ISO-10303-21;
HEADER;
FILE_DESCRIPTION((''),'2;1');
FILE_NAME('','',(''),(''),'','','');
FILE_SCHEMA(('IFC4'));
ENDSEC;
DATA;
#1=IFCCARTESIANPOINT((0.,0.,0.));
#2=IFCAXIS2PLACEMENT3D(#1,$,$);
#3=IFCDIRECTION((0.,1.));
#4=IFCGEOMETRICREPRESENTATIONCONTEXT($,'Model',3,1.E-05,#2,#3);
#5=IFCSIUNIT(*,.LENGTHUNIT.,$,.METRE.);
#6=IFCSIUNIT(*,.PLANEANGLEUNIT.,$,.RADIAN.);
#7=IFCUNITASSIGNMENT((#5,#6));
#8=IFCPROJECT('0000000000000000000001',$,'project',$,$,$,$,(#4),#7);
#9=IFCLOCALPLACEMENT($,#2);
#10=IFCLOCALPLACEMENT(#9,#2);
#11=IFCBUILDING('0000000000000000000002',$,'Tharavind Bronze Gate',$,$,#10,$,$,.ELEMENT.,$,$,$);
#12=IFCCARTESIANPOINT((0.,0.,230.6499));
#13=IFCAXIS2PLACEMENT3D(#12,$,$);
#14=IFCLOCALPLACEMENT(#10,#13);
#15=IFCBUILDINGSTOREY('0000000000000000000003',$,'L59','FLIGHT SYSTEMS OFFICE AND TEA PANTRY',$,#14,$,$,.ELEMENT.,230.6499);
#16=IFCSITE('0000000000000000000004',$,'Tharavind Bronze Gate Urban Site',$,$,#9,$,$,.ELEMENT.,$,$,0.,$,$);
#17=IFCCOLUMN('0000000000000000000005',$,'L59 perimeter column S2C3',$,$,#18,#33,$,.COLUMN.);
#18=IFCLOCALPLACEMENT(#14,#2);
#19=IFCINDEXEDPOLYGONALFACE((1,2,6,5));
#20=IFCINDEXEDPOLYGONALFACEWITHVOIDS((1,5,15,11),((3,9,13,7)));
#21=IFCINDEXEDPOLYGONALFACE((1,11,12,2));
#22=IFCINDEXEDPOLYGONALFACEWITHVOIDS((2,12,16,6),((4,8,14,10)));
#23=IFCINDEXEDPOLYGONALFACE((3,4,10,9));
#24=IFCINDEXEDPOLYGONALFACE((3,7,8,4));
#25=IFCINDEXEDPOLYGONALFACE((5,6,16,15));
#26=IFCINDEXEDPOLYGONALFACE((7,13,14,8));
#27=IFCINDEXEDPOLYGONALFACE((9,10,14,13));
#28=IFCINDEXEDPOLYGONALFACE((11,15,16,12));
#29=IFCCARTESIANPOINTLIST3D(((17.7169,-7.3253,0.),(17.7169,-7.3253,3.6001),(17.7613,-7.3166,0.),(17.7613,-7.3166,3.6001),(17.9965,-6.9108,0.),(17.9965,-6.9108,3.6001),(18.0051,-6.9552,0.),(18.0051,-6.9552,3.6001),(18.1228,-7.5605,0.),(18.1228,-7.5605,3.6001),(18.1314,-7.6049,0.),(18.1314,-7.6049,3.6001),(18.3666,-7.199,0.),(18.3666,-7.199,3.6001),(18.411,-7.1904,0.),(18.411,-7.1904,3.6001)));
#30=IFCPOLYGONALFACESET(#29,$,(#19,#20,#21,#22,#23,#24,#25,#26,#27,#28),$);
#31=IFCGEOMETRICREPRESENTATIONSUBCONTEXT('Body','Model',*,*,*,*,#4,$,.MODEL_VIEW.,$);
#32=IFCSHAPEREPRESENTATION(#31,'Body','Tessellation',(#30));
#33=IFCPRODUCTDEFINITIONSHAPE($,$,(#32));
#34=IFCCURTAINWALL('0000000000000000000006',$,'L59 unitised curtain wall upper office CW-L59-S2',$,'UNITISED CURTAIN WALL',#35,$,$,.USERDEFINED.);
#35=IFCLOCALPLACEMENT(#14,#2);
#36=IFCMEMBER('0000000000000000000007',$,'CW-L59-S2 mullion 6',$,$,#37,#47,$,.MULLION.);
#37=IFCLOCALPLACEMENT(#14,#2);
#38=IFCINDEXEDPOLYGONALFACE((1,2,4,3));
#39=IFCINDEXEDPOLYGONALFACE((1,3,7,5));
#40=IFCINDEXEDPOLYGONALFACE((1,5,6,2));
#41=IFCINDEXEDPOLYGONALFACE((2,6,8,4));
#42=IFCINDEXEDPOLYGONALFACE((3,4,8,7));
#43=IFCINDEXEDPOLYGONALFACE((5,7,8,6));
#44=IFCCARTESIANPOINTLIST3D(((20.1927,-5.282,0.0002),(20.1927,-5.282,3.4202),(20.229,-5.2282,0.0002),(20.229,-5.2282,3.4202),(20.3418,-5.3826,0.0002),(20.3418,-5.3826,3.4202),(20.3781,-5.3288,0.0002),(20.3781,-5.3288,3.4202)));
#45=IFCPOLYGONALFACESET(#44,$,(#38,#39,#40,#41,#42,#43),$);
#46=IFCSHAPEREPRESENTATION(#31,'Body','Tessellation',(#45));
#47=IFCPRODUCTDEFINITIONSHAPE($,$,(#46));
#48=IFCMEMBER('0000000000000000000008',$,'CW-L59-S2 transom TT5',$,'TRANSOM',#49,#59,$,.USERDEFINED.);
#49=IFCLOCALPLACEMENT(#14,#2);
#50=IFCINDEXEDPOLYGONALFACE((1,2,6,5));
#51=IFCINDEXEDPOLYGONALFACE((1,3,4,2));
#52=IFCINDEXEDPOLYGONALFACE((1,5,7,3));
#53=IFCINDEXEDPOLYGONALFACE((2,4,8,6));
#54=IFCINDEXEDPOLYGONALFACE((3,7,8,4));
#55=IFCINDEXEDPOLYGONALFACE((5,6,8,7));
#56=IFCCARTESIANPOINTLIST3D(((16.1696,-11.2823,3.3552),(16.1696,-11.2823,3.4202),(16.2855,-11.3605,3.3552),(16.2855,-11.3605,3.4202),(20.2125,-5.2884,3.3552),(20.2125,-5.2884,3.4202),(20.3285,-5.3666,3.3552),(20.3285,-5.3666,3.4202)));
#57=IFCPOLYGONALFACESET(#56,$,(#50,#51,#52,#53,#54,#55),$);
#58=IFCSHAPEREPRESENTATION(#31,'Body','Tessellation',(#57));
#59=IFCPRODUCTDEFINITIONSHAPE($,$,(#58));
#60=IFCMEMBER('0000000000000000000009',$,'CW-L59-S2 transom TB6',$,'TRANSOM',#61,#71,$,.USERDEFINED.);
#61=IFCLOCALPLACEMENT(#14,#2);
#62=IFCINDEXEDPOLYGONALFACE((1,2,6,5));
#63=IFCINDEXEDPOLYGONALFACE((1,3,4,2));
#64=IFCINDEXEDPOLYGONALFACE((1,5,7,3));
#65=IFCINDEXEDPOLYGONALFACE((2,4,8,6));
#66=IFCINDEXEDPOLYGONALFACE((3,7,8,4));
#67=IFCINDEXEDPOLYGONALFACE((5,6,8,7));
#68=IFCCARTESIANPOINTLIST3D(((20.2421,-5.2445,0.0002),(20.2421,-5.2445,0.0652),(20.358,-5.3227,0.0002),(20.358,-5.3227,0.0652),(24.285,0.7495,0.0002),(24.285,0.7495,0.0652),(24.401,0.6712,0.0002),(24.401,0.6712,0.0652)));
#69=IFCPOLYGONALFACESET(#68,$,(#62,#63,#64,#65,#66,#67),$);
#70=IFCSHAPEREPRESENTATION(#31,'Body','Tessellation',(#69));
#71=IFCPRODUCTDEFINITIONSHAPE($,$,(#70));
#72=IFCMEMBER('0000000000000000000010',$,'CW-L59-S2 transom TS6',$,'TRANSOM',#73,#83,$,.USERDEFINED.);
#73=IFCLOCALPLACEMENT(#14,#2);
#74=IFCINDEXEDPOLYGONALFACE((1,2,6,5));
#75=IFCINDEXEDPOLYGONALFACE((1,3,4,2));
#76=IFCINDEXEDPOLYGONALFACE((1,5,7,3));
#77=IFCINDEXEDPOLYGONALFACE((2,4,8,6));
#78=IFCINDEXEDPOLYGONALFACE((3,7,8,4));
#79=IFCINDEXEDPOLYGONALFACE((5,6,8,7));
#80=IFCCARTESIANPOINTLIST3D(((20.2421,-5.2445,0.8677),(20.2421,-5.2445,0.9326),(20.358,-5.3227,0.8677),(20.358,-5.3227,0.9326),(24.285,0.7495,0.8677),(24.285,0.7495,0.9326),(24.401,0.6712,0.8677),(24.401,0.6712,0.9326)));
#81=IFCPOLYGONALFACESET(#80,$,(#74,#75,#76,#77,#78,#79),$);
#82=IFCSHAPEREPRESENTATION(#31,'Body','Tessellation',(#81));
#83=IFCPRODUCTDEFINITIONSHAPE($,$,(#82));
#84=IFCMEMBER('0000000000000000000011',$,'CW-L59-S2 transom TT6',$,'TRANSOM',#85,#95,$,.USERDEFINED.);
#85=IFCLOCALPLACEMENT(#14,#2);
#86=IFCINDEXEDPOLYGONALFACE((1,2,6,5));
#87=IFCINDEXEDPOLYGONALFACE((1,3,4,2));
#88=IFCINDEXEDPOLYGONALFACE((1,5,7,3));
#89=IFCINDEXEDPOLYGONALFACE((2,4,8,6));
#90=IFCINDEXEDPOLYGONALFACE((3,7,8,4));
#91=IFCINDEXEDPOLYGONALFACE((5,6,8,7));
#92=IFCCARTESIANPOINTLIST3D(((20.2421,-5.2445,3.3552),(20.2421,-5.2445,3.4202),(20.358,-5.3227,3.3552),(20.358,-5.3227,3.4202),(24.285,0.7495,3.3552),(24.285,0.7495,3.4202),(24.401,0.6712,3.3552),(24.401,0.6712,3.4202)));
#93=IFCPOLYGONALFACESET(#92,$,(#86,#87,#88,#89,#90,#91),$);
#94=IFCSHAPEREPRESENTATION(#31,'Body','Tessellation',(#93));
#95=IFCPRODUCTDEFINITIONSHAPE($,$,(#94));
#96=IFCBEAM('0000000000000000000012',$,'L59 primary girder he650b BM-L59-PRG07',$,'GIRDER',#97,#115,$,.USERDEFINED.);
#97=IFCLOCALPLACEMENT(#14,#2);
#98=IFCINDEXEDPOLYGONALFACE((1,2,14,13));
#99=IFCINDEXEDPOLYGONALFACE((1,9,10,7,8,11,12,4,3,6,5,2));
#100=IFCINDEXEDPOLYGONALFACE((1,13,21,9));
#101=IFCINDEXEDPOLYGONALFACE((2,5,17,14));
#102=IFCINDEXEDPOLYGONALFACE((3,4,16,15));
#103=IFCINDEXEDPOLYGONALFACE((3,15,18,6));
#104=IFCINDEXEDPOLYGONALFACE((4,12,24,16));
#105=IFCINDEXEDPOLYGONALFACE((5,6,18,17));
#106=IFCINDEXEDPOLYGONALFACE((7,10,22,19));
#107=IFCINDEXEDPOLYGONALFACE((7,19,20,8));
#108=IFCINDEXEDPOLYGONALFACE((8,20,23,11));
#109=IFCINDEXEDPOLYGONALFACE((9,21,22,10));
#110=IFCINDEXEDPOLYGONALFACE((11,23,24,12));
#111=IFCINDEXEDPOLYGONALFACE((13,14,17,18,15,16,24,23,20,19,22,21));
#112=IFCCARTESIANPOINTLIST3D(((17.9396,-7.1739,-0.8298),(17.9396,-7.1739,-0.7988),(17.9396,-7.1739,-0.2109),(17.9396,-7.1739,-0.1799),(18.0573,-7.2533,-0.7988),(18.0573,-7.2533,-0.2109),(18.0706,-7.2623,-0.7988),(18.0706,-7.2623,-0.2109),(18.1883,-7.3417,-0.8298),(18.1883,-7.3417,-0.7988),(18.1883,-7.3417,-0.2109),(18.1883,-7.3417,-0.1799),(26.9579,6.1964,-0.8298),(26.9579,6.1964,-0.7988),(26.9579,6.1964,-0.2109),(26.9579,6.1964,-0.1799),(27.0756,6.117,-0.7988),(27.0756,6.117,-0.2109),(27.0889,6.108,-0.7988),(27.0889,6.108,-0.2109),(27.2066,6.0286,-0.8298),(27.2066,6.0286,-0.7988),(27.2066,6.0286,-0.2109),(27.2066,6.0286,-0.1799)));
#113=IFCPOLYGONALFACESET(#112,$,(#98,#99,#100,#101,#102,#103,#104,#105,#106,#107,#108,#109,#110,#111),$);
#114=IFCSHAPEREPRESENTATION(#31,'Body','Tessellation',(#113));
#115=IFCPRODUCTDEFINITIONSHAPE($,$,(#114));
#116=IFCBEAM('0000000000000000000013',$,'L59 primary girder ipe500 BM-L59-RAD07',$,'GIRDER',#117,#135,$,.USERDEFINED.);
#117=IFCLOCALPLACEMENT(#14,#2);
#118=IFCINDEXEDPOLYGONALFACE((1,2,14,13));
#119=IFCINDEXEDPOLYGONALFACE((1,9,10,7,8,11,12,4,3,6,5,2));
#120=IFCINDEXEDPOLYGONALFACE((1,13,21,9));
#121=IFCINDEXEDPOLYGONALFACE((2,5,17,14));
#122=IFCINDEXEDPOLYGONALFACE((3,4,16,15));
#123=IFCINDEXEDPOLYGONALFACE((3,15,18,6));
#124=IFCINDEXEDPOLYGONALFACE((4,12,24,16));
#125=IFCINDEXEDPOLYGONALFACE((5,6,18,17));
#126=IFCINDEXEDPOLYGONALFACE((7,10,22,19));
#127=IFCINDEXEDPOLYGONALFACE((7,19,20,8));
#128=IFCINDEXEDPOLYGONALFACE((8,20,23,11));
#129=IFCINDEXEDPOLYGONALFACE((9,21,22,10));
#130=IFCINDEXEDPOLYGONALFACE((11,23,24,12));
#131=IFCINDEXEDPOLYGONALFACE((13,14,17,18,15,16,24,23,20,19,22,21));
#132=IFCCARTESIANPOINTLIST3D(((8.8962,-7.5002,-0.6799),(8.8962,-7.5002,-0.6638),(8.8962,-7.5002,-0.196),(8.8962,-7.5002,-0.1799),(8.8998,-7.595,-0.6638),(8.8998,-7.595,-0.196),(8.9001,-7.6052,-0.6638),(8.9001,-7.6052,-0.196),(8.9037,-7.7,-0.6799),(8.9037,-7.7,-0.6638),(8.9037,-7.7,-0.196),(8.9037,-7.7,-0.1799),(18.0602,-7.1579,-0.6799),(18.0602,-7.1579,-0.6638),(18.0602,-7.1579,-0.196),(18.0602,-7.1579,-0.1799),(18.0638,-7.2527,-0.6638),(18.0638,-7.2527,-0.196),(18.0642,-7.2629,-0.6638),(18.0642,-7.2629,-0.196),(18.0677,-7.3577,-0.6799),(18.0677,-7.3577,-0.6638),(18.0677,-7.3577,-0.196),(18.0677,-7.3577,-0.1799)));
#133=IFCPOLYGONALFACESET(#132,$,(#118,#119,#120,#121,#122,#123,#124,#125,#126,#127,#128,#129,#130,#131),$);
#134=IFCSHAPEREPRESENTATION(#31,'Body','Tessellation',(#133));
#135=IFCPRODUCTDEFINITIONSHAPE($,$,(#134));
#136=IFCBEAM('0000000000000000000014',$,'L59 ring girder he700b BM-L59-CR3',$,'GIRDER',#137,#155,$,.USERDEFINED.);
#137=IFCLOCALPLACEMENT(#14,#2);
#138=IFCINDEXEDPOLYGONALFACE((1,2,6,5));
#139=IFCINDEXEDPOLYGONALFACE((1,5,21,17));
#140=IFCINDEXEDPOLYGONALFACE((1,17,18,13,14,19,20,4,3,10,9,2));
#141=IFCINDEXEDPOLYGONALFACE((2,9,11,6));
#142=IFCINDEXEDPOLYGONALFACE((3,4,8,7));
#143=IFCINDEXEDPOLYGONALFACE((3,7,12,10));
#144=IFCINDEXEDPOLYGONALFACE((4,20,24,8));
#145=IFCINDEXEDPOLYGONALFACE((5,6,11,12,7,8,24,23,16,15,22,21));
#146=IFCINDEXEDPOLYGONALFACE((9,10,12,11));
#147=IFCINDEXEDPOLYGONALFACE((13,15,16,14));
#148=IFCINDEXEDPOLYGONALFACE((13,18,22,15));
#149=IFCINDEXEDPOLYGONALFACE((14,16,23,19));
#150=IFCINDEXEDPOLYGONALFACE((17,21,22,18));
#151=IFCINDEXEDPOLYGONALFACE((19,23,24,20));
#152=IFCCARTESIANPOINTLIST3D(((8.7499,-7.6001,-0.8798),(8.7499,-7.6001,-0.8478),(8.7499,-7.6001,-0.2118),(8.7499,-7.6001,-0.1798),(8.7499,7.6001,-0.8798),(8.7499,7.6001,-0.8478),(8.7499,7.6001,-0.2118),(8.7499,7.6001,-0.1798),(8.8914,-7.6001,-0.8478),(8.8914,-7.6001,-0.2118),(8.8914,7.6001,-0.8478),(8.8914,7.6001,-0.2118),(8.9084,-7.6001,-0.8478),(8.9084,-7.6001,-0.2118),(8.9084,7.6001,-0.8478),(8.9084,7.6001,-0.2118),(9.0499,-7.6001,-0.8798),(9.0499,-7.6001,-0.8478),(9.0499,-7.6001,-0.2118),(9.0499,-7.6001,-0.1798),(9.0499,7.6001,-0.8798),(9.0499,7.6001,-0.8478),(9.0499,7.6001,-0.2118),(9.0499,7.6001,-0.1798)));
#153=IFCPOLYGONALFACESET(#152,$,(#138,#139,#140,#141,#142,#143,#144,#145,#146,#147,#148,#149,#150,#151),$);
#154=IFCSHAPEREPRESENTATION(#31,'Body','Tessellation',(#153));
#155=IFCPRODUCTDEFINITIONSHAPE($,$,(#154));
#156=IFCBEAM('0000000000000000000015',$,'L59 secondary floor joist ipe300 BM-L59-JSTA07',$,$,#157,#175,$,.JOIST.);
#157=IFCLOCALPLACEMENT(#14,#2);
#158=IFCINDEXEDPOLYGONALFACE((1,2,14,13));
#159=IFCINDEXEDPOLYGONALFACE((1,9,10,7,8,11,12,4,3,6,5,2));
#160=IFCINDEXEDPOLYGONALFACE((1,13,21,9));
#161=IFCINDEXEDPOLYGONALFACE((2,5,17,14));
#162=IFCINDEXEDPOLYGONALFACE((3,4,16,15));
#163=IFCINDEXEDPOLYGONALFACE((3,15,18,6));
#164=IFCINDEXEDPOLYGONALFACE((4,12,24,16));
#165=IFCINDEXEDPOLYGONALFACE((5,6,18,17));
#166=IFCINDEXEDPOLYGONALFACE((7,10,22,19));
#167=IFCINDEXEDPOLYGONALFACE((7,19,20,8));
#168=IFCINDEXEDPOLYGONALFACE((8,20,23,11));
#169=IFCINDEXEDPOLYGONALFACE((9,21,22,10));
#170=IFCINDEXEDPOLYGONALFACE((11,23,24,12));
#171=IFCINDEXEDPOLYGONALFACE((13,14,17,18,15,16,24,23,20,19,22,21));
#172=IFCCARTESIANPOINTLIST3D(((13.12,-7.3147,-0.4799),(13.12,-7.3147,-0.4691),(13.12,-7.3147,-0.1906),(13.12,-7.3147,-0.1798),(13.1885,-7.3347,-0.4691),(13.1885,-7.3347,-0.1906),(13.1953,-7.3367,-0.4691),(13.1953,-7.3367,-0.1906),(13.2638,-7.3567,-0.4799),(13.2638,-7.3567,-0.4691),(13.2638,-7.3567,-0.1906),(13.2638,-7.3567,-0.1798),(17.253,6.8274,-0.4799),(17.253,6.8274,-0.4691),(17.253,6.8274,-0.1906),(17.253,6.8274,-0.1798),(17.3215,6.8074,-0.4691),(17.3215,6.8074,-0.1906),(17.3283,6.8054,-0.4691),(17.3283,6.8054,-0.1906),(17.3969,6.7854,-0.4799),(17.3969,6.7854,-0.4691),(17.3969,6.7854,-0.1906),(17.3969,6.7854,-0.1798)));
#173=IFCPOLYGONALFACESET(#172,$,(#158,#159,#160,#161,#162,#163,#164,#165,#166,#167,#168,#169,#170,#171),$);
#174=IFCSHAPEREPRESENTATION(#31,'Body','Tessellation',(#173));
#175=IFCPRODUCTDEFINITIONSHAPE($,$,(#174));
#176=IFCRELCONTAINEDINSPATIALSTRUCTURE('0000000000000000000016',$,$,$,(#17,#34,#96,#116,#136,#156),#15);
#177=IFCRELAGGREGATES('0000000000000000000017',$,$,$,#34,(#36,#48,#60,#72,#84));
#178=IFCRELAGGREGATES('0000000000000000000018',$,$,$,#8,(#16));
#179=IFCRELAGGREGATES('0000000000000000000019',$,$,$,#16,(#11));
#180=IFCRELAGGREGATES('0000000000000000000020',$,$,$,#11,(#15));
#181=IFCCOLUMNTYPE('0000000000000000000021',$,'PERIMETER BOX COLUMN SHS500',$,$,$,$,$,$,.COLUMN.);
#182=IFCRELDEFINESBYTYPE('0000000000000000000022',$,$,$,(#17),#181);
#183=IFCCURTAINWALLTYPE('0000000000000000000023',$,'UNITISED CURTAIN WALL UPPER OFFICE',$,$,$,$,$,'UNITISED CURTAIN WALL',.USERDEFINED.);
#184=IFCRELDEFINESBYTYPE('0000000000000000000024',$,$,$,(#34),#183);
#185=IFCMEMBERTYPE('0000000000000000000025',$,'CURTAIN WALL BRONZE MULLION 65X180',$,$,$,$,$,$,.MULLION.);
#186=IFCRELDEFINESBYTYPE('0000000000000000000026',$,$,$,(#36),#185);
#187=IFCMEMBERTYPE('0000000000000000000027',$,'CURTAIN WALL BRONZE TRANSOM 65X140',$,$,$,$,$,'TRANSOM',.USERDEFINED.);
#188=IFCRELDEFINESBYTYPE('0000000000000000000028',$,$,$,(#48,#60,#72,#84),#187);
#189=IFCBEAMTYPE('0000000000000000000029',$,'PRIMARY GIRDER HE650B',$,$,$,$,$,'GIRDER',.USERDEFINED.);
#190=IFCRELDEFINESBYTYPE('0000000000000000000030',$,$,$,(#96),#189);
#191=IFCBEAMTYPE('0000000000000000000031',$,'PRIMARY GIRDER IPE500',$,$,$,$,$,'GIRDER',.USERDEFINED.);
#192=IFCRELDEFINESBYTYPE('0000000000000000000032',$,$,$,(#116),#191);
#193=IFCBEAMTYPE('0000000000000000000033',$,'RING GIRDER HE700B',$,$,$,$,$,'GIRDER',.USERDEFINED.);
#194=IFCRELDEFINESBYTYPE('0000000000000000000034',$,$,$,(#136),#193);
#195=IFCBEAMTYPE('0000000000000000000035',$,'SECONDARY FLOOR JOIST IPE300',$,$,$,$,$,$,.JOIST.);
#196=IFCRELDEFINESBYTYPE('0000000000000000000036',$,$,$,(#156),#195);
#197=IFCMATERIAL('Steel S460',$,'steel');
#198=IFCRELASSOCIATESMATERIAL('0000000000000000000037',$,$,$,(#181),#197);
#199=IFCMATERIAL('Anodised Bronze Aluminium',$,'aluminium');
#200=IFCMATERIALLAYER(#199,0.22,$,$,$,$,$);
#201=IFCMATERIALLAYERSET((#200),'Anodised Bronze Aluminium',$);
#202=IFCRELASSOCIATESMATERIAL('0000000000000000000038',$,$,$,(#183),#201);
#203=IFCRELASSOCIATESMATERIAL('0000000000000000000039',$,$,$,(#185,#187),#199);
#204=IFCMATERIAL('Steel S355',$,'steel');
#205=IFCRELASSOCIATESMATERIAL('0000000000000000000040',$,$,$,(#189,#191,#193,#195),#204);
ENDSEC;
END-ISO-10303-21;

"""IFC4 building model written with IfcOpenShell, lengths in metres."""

from ifc_helpers import new_model, si_unit, direction, frame, origin, origin_2d, place, context, subcontext, project, spatial, rectangle, hollow_rectangle, i_section, extrude, material, layer, layer_set, material_profile, profile_set, type_object, element, aggregate, save


model = new_model("IFC4")

# Units and contexts
model_context = context("Model", 3, precision=1e-05, world=origin(), true_north=direction((0.0, 1.0)))
body_context = subcontext(model_context, "Body", "Model", "MODEL_VIEW")
ifc_project = project(units=[si_unit("LENGTHUNIT", "METRE"), si_unit("PLANEANGLEUNIT", "RADIAN")], contexts=[model_context])

# Site, building, storey
site_placement = place(None, origin())
site = spatial("IfcSite", under=ifc_project, at=site_placement, Name="Tharavind Bronze Gate Urban Site", CompositionType="ELEMENT", RefElevation=0.0)
building_placement = place(site_placement, origin())
building = spatial("IfcBuilding", under=site, at=building_placement, Name="Tharavind Bronze Gate", CompositionType="ELEMENT")
storey_placement = place(building_placement, frame((0.0, 0.0, 230.6499)))
storey = spatial("IfcBuildingStorey", under=building, at=storey_placement, Name="L59", Description="FLIGHT SYSTEMS OFFICE AND TEA PANTRY", CompositionType="ELEMENT", Elevation=230.6499)

# Column
ifc_material_1 = material(Name="Steel S460", Category="steel")
ifc_material_profile_1 = material_profile(ifc_material_1, hollow_rectangle(XDim=0.5, YDim=0.5, WallThickness=0.032, at=origin_2d()), Name="SHS500X32")
ifc_profile_set_1 = profile_set([ifc_material_profile_1], Name="Steel S460")
column_type = type_object("IfcColumnType", Name="PERIMETER BOX COLUMN SHS500", PredefinedType="COLUMN", material=ifc_profile_set_1)
column_placement = place(storey_placement, frame((18.064, -7.2578, 0.0), z_axis=(0.0, 0.0, 1.0), x_axis=(0.559194, 0.829037, 0.0)))
element("IfcColumn", 1, at=column_placement, inside=storey, type_object=column_type, Name="L59 perimeter column S2C3", PredefinedType="COLUMN", context=body_context, shape_type="SweptSolid", body=[
    extrude(hollow_rectangle(XDim=0.5, YDim=0.5, WallThickness=0.032, at=origin_2d()), origin(), (0.0, 0.0, 1.0), 3.6001),
])

# Curtain wall, members
ifc_material_2 = material(Name="Anodised Bronze Aluminium", Category="aluminium")
ifc_layer_1 = layer(ifc_material_2, 0.22)
ifc_layer_set_1 = layer_set([ifc_layer_1], Name="Anodised Bronze Aluminium")
curtain_wall_type = type_object("IfcCurtainWallType", Name="UNITISED CURTAIN WALL UPPER OFFICE", ElementType="UNITISED CURTAIN WALL", PredefinedType="USERDEFINED", material=ifc_layer_set_1)
curtain_wall_placement = place(storey_placement, origin())
curtain_wall = element("IfcCurtainWall", 2, at=curtain_wall_placement, inside=storey, type_object=curtain_wall_type, Name="L59 unitised curtain wall upper office CW-L59-S2", ObjectType="UNITISED CURTAIN WALL", PredefinedType="USERDEFINED")
member_type_1 = type_object("IfcMemberType", Name="CURTAIN WALL BRONZE MULLION 65X180", PredefinedType="MULLION", material=ifc_material_2)
member_1_placement = place(storey_placement, frame((20.2854, -5.3054, 0.0002), z_axis=(0.0, 0.0, 1.0), x_axis=(0.559193, 0.829038, 0.0)))
member_1 = element("IfcMember", 3, at=member_1_placement, type_object=member_type_1, Name="CW-L59-S2 mullion 6", PredefinedType="MULLION", context=body_context, shape_type="SweptSolid", body=[
    extrude(rectangle(XDim=0.0649, YDim=0.1799, at=origin_2d()), origin(), (0.0, 0.0, 1.0), 3.4199),
])
member_type_2 = type_object("IfcMemberType", Name="CURTAIN WALL BRONZE TRANSOM 65X140", ElementType="TRANSOM", PredefinedType="USERDEFINED", material=ifc_material_2)
member_2_placement = place(storey_placement, frame((18.249, -8.3245, 3.3552), z_axis=(0.0, 0.0, 1.0), x_axis=(0.559193, 0.829038, 0.0)))
member_2 = element("IfcMember", 4, at=member_2_placement, type_object=member_type_2, Name="CW-L59-S2 transom TT5", ObjectType="TRANSOM", PredefinedType="USERDEFINED", context=body_context, shape_type="SweptSolid", body=[
    extrude(rectangle(XDim=7.23, YDim=0.1399, at=origin_2d()), origin(), (0.0, 0.0, 1.0), 0.0649),
])
member_3_placement = place(storey_placement, frame((22.3215, -2.2866, 0.0002), z_axis=(0.0, 0.0, 1.0), x_axis=(0.559193, 0.829038, 0.0)))
member_3 = element("IfcMember", 5, at=member_3_placement, type_object=member_type_2, Name="CW-L59-S2 transom TB6", ObjectType="TRANSOM", PredefinedType="USERDEFINED", context=body_context, shape_type="SweptSolid", body=[
    extrude(rectangle(XDim=7.23, YDim=0.1399, at=origin_2d()), origin(), (0.0, 0.0, 1.0), 0.0649),
])
member_4_placement = place(storey_placement, frame((22.3215, -2.2866, 0.8677), z_axis=(0.0, 0.0, 1.0), x_axis=(0.559193, 0.829038, 0.0)))
member_4 = element("IfcMember", 6, at=member_4_placement, type_object=member_type_2, Name="CW-L59-S2 transom TS6", ObjectType="TRANSOM", PredefinedType="USERDEFINED", context=body_context, shape_type="SweptSolid", body=[
    extrude(rectangle(XDim=7.23, YDim=0.1399, at=origin_2d()), origin(), (0.0, 0.0, 1.0), 0.0649),
])
member_5_placement = place(storey_placement, frame((22.3215, -2.2866, 3.3552), z_axis=(0.0, 0.0, 1.0), x_axis=(0.559193, 0.829038, 0.0)))
member_5 = element("IfcMember", 7, at=member_5_placement, type_object=member_type_2, Name="CW-L59-S2 transom TT6", ObjectType="TRANSOM", PredefinedType="USERDEFINED", context=body_context, shape_type="SweptSolid", body=[
    extrude(rectangle(XDim=7.23, YDim=0.1399, at=origin_2d()), origin(), (0.0, 0.0, 1.0), 0.0649),
])

# Beams
ifc_material_3 = material(Name="Steel S355", Category="steel")
ifc_material_profile_2 = material_profile(ifc_material_3, i_section(OverallWidth=0.3, OverallDepth=0.6499, WebThickness=0.0161, FlangeThickness=0.031, at=origin_2d()), Name="HE650B")
ifc_profile_set_2 = profile_set([ifc_material_profile_2], Name="Steel S355")
beam_type_1 = type_object("IfcBeamType", Name="PRIMARY GIRDER HE650B", ElementType="GIRDER", PredefinedType="USERDEFINED", material=ifc_profile_set_2)
beam_1_placement = place(storey_placement, frame((18.064, -7.2578, -0.5049), z_axis=(0.559188, 0.829041, 0.0), x_axis=(-0.829041, 0.559188, 0.0)))
element("IfcBeam", 8, at=beam_1_placement, inside=storey, type_object=beam_type_1, Name="L59 primary girder he650b BM-L59-PRG07", ObjectType="GIRDER", PredefinedType="USERDEFINED", context=body_context, shape_type="SweptSolid", body=[
    extrude(i_section(OverallWidth=0.3, OverallDepth=0.6499, WebThickness=0.0161, FlangeThickness=0.031, at=origin_2d()), origin(), (0.0, 0.0, 1.0), 16.1274),
])
ifc_material_profile_3 = material_profile(ifc_material_3, i_section(OverallWidth=0.2, OverallDepth=0.5, WebThickness=0.0103, FlangeThickness=0.0161, at=origin_2d()), Name="IPE500")
ifc_profile_set_3 = profile_set([ifc_material_profile_3], Name="Steel S355")
beam_type_2 = type_object("IfcBeamType", Name="PRIMARY GIRDER IPE500", ElementType="GIRDER", PredefinedType="USERDEFINED", material=ifc_profile_set_3)
beam_2_placement = place(storey_placement, frame((18.064, -7.2578, -0.4299), z_axis=(-0.999303, -0.037325, 0.0), x_axis=(0.037325, -0.999303, 0.0)))
element("IfcBeam", 9, at=beam_2_placement, inside=storey, type_object=beam_type_2, Name="L59 primary girder ipe500 BM-L59-RAD07", ObjectType="GIRDER", PredefinedType="USERDEFINED", context=body_context, shape_type="SweptSolid", body=[
    extrude(i_section(OverallWidth=0.2, OverallDepth=0.5, WebThickness=0.0103, FlangeThickness=0.0161, at=origin_2d()), origin(), (0.0, 0.0, 1.0), 9.1704),
])
ifc_material_profile_4 = material_profile(ifc_material_3, i_section(OverallWidth=0.3, OverallDepth=0.7, WebThickness=0.0171, FlangeThickness=0.032, at=origin_2d()), Name="HE700B")
ifc_profile_set_4 = profile_set([ifc_material_profile_4], Name="Steel S355")
beam_type_3 = type_object("IfcBeamType", Name="RING GIRDER HE700B", ElementType="GIRDER", PredefinedType="USERDEFINED", material=ifc_profile_set_4)
beam_3_placement = place(storey_placement, frame((8.8999, -7.6001, -0.5298), z_axis=(0.0, 1.0, 0.0), x_axis=(-1.0, 0.0, 0.0)))
element("IfcBeam", 10, at=beam_3_placement, inside=storey, type_object=beam_type_3, Name="L59 ring girder he700b BM-L59-CR3", ObjectType="GIRDER", PredefinedType="USERDEFINED", context=body_context, shape_type="SweptSolid", body=[
    extrude(i_section(OverallWidth=0.3, OverallDepth=0.7, WebThickness=0.0171, FlangeThickness=0.032, at=origin_2d()), origin(), (0.0, 0.0, 1.0), 15.2002),
])
ifc_material_profile_5 = material_profile(ifc_material_3, i_section(OverallWidth=0.1499, OverallDepth=0.3, WebThickness=0.0071, FlangeThickness=0.0107, at=origin_2d()), Name="IPE300")
ifc_profile_set_5 = profile_set([ifc_material_profile_5], Name="Steel S355")
beam_type_4 = type_object("IfcBeamType", Name="SECONDARY FLOOR JOIST IPE300", PredefinedType="JOIST", material=ifc_profile_set_5)
beam_4_placement = place(storey_placement, frame((13.1919, -7.3357, -0.3298), z_axis=(0.280518, 0.959849, 0.0), x_axis=(-0.959849, 0.280518, 0.0)))
element("IfcBeam", 11, at=beam_4_placement, inside=storey, type_object=beam_type_4, Name="L59 secondary floor joist ipe300 BM-L59-JSTA07", PredefinedType="JOIST", context=body_context, shape_type="SweptSolid", body=[
    extrude(i_section(OverallWidth=0.1499, OverallDepth=0.3, WebThickness=0.0071, FlangeThickness=0.0107, at=origin_2d()), origin(), (0.0, 0.0, 1.0), 14.7336),
])

aggregate(curtain_wall, [member_1, member_2, member_3, member_4, member_5])

save(model, "model.ifc")
